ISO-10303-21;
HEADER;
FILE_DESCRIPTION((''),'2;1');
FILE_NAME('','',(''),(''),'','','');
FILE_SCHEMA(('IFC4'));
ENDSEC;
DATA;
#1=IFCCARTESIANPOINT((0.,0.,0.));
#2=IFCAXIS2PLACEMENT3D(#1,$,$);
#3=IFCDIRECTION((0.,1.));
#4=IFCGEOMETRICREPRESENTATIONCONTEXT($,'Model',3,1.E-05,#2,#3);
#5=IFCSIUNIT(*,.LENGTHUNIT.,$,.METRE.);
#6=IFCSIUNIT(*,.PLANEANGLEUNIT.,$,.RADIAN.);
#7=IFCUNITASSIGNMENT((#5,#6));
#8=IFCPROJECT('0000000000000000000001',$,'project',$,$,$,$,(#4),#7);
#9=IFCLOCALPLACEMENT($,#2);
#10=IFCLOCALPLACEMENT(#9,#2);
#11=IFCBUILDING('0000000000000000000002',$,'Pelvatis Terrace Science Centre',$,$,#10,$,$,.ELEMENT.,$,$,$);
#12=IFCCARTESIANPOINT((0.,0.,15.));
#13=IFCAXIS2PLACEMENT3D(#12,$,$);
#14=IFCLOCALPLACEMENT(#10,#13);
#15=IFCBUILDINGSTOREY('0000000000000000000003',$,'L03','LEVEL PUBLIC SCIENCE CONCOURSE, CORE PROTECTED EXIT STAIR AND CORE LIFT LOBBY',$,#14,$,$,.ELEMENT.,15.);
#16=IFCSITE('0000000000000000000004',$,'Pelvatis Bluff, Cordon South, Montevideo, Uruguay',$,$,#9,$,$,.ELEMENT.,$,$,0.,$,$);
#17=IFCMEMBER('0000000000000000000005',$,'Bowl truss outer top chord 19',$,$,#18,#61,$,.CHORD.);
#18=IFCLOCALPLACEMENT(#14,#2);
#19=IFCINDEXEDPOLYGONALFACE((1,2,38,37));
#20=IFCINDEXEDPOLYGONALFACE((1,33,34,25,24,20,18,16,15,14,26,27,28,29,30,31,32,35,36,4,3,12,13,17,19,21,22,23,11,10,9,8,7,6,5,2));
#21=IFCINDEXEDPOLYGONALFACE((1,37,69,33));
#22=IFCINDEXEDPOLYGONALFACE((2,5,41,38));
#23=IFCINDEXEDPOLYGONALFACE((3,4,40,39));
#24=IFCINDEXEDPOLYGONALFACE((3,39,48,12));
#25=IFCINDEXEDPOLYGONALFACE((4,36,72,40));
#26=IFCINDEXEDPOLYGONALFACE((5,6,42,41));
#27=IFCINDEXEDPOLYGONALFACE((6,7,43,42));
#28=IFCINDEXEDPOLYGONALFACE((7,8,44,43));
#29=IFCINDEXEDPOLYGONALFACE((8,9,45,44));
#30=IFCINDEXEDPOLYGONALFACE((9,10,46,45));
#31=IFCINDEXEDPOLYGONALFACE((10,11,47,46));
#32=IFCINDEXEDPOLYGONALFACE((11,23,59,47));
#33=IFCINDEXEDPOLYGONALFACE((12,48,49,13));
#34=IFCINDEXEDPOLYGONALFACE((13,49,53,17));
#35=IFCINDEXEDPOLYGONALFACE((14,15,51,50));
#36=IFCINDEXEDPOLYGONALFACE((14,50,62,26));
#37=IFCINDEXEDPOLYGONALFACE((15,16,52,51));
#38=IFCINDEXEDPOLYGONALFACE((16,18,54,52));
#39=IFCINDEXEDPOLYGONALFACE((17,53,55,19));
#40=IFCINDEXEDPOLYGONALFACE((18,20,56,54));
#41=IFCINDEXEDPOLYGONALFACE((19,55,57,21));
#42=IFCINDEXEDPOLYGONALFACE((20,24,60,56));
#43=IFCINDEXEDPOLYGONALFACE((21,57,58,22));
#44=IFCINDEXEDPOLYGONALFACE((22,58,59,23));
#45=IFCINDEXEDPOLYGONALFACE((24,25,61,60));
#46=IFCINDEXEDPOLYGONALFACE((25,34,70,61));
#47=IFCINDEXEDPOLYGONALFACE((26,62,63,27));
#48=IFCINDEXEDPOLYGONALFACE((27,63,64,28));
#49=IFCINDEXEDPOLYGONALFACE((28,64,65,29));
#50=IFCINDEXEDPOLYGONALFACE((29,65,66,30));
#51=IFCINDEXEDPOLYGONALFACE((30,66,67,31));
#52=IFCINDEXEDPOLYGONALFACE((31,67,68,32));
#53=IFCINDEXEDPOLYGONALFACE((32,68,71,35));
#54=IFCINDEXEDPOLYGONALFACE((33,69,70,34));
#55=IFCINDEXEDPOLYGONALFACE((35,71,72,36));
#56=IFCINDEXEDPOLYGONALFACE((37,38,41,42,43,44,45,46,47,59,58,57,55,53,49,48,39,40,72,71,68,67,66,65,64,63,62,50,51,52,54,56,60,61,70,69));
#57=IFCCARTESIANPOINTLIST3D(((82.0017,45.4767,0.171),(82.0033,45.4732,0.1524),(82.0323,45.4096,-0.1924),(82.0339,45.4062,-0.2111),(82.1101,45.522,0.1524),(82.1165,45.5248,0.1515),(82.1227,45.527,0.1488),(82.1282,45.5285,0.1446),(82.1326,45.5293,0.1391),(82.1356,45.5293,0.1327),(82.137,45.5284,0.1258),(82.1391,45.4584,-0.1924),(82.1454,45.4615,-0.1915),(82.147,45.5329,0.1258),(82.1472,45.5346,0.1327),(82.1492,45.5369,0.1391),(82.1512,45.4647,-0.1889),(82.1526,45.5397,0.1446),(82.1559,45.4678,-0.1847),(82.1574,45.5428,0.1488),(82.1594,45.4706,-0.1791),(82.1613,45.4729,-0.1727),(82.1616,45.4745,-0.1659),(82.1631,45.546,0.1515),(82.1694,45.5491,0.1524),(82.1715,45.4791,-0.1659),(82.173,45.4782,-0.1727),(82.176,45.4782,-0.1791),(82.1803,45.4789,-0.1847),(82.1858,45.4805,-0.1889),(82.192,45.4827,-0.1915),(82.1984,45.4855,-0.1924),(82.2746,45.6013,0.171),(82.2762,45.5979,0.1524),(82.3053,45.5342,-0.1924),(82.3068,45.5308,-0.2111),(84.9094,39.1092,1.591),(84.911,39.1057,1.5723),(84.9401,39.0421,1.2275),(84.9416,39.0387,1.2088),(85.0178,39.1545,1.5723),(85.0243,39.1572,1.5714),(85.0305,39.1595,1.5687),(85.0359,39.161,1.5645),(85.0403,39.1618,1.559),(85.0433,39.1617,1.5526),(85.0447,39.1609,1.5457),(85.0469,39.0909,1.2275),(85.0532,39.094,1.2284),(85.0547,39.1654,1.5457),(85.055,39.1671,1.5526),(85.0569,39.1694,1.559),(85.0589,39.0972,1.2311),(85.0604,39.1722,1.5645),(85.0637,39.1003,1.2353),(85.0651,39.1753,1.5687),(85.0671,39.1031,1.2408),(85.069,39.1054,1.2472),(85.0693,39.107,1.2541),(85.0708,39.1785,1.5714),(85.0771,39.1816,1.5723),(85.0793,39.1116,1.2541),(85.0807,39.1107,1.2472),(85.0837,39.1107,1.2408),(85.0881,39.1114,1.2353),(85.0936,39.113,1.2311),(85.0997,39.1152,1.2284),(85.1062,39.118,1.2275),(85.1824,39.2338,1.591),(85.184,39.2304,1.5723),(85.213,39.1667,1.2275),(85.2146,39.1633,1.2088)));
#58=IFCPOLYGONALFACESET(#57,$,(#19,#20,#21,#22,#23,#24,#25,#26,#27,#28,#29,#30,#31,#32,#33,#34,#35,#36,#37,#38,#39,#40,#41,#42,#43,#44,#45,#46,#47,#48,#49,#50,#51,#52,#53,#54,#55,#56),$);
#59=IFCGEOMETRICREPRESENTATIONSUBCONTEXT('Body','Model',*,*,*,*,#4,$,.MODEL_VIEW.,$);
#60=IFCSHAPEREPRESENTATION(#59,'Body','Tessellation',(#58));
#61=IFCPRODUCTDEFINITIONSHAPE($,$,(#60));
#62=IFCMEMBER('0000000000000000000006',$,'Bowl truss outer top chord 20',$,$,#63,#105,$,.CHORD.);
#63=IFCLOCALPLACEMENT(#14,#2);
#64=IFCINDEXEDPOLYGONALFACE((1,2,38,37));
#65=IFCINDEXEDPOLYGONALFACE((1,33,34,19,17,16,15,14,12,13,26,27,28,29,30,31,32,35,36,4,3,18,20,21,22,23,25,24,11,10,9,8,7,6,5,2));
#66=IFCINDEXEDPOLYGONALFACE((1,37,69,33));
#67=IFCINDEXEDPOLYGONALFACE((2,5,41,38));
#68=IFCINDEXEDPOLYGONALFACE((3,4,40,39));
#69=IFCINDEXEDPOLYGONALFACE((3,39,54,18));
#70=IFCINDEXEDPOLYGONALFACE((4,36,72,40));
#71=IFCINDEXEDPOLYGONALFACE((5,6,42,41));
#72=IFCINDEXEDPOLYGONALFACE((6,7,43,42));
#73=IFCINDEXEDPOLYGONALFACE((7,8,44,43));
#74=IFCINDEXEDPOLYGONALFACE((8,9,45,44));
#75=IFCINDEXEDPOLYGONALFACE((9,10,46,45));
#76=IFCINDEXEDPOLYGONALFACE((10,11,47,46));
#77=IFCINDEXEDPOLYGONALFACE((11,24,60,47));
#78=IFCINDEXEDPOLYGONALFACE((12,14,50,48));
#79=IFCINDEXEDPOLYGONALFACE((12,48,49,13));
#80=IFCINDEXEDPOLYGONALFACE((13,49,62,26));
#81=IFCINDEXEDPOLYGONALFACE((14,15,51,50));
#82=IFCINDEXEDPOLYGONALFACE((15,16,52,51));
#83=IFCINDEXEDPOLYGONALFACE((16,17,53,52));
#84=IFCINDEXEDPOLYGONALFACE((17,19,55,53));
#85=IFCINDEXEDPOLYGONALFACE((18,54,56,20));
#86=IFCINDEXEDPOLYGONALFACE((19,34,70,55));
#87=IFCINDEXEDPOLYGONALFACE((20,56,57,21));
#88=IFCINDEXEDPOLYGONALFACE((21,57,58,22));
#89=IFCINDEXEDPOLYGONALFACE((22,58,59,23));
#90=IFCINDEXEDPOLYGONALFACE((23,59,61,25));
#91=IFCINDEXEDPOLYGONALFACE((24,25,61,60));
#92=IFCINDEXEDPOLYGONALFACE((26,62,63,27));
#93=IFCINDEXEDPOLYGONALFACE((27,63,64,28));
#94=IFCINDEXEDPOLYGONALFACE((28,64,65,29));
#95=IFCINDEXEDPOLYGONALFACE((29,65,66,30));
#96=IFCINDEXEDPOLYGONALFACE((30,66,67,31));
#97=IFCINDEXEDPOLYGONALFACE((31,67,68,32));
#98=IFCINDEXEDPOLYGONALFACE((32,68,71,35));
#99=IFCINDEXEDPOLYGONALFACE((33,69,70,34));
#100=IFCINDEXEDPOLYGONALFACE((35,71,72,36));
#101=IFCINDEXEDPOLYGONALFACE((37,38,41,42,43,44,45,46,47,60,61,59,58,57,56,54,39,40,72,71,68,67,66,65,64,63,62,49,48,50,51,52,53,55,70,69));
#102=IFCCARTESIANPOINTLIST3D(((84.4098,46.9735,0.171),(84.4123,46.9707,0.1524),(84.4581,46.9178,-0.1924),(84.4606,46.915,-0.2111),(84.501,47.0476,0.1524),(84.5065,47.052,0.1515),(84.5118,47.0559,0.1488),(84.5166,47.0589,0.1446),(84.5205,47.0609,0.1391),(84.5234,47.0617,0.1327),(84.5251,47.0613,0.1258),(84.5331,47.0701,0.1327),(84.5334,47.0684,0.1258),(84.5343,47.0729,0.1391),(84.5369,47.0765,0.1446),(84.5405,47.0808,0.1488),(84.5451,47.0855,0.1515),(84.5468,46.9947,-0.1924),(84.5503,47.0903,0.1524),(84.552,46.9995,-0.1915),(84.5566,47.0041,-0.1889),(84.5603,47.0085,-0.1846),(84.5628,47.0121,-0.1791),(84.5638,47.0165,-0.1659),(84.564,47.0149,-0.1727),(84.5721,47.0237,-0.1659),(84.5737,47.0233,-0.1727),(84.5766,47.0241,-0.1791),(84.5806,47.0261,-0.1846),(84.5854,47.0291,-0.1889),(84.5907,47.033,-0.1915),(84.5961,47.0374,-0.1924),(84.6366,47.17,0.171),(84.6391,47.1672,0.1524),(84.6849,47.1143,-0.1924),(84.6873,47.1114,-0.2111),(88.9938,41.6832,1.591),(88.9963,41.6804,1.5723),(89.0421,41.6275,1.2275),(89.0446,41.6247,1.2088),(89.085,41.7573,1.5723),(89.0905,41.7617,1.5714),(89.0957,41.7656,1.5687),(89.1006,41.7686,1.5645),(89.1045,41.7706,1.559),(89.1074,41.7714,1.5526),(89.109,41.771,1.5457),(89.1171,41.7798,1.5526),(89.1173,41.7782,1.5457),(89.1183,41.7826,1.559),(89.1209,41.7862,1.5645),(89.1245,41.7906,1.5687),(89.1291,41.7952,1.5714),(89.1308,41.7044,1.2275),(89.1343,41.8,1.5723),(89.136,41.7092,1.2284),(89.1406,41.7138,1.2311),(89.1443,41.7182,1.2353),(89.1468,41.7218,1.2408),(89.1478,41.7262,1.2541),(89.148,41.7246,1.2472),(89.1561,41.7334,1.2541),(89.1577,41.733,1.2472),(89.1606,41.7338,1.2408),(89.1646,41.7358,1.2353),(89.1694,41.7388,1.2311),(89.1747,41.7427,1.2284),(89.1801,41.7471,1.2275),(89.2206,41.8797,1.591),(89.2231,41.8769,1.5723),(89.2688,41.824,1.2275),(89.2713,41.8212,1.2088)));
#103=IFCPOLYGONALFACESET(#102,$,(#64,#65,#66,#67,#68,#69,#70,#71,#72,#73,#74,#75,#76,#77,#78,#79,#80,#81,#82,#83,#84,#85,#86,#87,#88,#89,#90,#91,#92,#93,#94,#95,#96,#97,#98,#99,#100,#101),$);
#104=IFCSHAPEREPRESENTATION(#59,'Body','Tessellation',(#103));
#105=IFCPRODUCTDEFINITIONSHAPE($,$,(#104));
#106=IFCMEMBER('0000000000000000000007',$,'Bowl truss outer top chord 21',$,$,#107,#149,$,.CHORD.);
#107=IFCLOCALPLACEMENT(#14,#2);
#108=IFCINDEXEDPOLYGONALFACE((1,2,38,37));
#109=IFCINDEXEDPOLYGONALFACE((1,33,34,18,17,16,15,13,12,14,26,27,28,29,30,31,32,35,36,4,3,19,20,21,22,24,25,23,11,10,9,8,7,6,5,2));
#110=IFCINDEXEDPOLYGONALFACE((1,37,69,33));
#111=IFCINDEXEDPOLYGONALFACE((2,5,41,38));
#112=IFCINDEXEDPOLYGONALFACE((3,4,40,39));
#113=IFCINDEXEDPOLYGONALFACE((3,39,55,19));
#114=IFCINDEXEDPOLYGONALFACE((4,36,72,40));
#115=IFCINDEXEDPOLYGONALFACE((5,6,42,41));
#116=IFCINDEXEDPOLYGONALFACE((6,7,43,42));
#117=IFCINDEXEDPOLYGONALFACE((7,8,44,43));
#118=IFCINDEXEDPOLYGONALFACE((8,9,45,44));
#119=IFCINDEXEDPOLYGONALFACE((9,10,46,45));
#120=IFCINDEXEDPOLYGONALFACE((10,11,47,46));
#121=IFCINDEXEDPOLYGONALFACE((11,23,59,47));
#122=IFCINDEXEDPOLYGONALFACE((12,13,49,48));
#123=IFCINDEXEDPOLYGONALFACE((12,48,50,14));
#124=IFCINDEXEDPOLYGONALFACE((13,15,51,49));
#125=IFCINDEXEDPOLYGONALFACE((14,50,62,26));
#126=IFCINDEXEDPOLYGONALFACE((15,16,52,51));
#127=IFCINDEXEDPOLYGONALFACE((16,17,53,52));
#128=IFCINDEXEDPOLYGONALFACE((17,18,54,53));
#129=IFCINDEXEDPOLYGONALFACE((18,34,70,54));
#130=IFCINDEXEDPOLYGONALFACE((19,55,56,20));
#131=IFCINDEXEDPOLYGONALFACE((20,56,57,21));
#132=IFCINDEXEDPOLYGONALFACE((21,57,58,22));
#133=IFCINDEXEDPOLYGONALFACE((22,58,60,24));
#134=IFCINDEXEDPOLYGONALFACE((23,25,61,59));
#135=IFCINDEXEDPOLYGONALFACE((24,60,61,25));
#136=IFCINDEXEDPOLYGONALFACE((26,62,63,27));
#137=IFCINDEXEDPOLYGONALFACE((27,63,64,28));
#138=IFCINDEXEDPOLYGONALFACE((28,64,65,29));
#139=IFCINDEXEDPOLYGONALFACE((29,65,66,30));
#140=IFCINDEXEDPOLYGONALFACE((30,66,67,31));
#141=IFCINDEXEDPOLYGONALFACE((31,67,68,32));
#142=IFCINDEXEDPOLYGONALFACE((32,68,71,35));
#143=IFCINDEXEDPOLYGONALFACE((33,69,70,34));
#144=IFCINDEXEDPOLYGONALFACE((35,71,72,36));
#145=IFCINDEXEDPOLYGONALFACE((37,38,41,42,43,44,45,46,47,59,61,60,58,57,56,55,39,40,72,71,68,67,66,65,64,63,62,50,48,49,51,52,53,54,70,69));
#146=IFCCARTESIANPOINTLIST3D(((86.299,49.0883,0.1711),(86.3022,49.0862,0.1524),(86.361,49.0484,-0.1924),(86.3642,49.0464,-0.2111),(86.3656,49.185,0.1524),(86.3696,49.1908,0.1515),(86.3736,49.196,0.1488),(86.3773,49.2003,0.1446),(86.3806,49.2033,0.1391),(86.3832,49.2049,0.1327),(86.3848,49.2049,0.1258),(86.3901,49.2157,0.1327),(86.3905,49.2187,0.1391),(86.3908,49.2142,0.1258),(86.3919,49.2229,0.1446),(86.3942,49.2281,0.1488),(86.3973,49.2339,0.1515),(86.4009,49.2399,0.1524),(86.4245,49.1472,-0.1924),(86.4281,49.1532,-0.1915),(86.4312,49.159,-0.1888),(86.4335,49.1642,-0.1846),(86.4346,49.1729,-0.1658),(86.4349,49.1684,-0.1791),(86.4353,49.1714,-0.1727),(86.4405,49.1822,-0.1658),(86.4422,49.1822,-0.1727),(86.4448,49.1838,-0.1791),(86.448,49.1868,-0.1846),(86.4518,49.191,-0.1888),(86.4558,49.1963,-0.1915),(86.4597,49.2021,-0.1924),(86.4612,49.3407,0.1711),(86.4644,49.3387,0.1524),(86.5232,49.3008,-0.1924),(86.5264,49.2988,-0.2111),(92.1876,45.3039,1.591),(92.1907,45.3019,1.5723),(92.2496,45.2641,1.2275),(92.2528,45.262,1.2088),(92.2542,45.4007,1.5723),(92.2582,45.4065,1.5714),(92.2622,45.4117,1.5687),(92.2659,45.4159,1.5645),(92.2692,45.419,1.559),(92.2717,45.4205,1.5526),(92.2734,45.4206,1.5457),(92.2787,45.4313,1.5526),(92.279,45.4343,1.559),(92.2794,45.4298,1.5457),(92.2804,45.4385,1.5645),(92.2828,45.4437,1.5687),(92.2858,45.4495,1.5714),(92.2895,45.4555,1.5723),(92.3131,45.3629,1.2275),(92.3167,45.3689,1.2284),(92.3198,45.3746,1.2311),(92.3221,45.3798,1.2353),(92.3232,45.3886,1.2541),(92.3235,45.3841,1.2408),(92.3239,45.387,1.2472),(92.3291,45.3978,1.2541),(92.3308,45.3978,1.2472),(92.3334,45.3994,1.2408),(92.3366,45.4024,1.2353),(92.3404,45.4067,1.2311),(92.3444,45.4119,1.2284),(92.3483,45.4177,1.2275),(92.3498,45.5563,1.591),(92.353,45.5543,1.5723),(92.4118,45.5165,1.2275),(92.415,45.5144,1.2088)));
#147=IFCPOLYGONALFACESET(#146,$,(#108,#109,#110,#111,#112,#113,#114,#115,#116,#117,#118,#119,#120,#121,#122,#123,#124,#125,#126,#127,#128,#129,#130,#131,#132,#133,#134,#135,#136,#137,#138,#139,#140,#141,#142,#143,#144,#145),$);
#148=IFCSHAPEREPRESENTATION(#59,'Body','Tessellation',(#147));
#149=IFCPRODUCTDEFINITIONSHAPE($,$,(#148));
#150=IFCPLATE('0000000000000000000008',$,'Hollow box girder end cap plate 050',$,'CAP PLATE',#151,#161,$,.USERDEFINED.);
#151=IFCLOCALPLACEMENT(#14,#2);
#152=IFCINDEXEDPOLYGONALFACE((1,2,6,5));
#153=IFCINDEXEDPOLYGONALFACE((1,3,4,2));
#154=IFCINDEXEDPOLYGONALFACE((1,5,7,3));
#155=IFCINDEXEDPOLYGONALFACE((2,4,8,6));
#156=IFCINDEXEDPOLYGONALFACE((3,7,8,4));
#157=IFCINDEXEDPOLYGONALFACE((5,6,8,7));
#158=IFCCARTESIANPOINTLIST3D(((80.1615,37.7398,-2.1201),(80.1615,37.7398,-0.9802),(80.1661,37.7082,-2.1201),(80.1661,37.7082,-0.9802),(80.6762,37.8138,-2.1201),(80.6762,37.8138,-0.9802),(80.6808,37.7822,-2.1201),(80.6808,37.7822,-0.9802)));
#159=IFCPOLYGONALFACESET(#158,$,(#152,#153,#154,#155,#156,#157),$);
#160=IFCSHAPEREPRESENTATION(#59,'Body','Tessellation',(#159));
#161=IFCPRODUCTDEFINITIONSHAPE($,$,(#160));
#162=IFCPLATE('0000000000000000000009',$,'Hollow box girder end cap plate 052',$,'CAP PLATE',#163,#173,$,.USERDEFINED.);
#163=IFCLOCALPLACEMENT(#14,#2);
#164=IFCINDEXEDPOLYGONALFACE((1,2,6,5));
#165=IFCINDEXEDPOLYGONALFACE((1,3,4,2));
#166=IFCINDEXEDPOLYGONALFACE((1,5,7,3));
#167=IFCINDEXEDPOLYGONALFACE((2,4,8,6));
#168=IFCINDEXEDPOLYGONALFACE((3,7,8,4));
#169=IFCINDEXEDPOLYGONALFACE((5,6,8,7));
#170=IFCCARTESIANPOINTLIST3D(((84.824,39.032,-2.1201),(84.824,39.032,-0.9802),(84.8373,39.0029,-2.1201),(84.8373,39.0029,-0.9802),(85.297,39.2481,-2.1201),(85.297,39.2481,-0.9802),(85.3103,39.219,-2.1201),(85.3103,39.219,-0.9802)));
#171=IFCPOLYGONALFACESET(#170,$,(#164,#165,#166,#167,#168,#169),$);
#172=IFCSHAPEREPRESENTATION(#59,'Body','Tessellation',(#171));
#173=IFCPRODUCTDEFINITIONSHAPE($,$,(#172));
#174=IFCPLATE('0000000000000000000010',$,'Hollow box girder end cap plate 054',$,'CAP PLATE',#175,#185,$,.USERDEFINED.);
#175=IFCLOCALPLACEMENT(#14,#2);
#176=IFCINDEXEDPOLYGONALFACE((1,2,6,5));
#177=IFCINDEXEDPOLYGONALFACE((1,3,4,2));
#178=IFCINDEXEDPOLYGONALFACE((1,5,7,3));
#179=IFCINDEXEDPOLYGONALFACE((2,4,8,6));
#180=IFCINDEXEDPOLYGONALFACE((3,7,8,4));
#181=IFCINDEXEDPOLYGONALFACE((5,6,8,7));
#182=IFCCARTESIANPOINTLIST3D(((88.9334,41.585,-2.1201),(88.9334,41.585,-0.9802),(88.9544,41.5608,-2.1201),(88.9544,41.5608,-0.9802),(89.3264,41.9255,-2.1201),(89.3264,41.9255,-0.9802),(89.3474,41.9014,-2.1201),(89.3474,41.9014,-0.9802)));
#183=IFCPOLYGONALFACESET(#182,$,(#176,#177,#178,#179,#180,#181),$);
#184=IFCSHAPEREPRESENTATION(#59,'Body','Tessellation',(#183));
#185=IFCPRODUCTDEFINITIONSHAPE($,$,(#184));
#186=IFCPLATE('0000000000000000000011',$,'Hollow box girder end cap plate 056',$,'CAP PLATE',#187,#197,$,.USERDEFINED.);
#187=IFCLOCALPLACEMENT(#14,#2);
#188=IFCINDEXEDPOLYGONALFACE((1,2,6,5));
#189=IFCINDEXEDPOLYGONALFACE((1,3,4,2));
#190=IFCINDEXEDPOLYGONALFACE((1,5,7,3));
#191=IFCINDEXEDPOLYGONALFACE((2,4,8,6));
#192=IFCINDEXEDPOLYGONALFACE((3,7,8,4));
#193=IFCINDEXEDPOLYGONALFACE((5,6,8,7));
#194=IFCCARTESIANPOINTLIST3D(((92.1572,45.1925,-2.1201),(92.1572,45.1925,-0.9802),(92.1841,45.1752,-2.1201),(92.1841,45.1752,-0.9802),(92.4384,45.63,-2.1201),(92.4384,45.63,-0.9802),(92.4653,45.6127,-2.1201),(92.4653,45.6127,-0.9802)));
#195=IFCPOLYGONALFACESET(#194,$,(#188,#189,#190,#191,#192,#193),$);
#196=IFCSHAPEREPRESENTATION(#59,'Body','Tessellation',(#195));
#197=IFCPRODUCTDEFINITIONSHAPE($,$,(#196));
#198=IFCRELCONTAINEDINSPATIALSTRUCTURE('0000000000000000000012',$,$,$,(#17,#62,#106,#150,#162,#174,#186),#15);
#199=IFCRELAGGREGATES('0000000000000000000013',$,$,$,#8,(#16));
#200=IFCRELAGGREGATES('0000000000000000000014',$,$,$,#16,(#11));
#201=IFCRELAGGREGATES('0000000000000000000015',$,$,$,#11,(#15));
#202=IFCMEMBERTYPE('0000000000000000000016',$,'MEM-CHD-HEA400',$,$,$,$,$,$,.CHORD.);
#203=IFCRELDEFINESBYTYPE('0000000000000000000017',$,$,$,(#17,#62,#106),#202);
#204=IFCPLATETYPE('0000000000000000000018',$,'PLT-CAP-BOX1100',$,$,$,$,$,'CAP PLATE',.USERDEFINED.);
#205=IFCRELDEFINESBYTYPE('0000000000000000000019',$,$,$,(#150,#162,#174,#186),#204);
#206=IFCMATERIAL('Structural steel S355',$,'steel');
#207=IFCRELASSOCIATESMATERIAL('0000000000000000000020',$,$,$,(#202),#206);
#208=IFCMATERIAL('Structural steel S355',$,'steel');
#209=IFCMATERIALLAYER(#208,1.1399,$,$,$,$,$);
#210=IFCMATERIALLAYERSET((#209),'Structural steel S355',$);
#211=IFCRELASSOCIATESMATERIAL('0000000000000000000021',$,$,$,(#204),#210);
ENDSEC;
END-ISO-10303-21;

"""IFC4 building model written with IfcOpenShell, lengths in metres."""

from ifc_helpers import new_model, si_unit, direction, frame, origin, origin_2d, place, context, subcontext, project, spatial, rectangle, i_section, extrude, material, layer, layer_set, material_profile, profile_set, type_object, element, save


model = new_model("IFC4")

# Units and contexts
model_context = context("Model", 3, precision=1e-05, world=origin(), true_north=direction((0.0, 1.0)))
body_context = subcontext(model_context, "Body", "Model", "MODEL_VIEW")
ifc_project = project(units=[si_unit("LENGTHUNIT", "METRE"), si_unit("PLANEANGLEUNIT", "RADIAN")], contexts=[model_context])

# Site, building, storey
site_placement = place(None, origin())
site = spatial("IfcSite", under=ifc_project, at=site_placement, Name="Pelvatis Bluff, Cordon South, Montevideo, Uruguay", CompositionType="ELEMENT", RefElevation=0.0)
building_placement = place(site_placement, origin())
building = spatial("IfcBuilding", under=site, at=building_placement, Name="Pelvatis Terrace Science Centre", CompositionType="ELEMENT")
storey_placement = place(building_placement, frame((0.0, 0.0, 15.0)))
storey = spatial("IfcBuildingStorey", under=building, at=storey_placement, Name="L03", Description="LEVEL PUBLIC SCIENCE CONCOURSE, CORE PROTECTED EXIT STAIR AND CORE LIFT LOBBY", CompositionType="ELEMENT", Elevation=15.0)

# Members
ifc_material_1 = material(Name="Structural steel S355", Category="steel")
ifc_material_profile_1 = material_profile(ifc_material_1, i_section(OverallWidth=0.3, OverallDepth=0.3899, WebThickness=0.011, FlangeThickness=0.019, FilletRadius=0.0271, at=origin_2d()), Name="HEA 400")
ifc_profile_set_1 = profile_set([ifc_material_profile_1], Name="Structural steel S355")
member_type_1 = type_object("IfcMemberType", Name="MEM-CHD-HEA400", PredefinedType="CHORD", material=ifc_profile_set_1)
for number, where, z_axis, x_axis, name in (
    (1, (85.062, 39.1362, 1.3999), (-0.407101, 0.891486, -0.198799), (-0.909642, -0.415392, 0.0), "Bowl truss outer top chord 19"),
    (2, (89.1326, 41.7522, 1.3999), (-0.641784, 0.74067, -0.198797), (-0.755755, -0.654855, 0.0), "Bowl truss outer top chord 20"),
):
    element("IfcMember", number, at=place(storey_placement, frame(where, z_axis=z_axis, x_axis=x_axis)), inside=storey, type_object=member_type_1, Name=name, PredefinedType="CHORD", context=body_context, shape_type="SweptSolid", body=[
        extrude(i_section(OverallWidth=0.3, OverallDepth=0.3899, WebThickness=0.011, FlangeThickness=0.019, FilletRadius=0.0271, at=origin_2d()), origin(), (0.0, 0.0, 1.0), 7.1426),
    ])
member_1_placement = place(storey_placement, frame((92.3013, 45.4092, 1.3999), z_axis=(-0.824462, 0.52985, -0.198801), x_axis=(-0.540641, -0.841253, 0.0)))
element("IfcMember", 3, at=member_1_placement, inside=storey, type_object=member_type_1, Name="Bowl truss outer top chord 21", PredefinedType="CHORD", context=body_context, shape_type="SweptSolid", body=[
    extrude(i_section(OverallWidth=0.3, OverallDepth=0.3899, WebThickness=0.011, FlangeThickness=0.019, FilletRadius=0.0271, at=origin_2d()), origin(), (0.0, 0.0, 1.0), 7.1423),
])

# Plates
ifc_material_2 = material(Name="Structural steel S355", Category="steel")
ifc_layer_1 = layer(ifc_material_2, 1.1399)
ifc_layer_set_1 = layer_set([ifc_layer_1], Name="Structural steel S355")
plate_type_1 = type_object("IfcPlateType", Name="PLT-CAP-BOX1100", ElementType="CAP PLATE", PredefinedType="USERDEFINED", material=ifc_layer_set_1)
for number, where, z_axis, x_axis, name in (
    (4, (80.4211, 37.761, -2.1201), (0.0, 0.0, 1.0), (0.142283, -0.989826, 0.0), "Hollow box girder end cap plate 050"),
    (5, (85.0671, 39.1255, -2.1201), (0.0, 0.0, 1.0), (0.415487, -0.909599, 0.0), "Hollow box girder end cap plate 052"),
    (6, (89.1404, 41.7432, -2.1201), (0.0, 0.0, 1.0), (0.654873, -0.755739, 0.0), "Hollow box girder end cap plate 054"),
    (7, (92.3113, 45.4026, -2.1201), (0.0, 0.0, 1.0), (0.841228, -0.540681, 0.0), "Hollow box girder end cap plate 056"),
):
    element("IfcPlate", number, at=place(storey_placement, frame(where, z_axis=z_axis, x_axis=x_axis)), inside=storey, type_object=plate_type_1, Name=name, ObjectType="CAP PLATE", PredefinedType="USERDEFINED", context=body_context, shape_type="SweptSolid", body=[
        extrude(rectangle(XDim=0.032, YDim=0.52, at=origin_2d()), origin(), (0.0, 0.0, 1.0), 1.1399),
    ])

save(model, "model.ifc")
